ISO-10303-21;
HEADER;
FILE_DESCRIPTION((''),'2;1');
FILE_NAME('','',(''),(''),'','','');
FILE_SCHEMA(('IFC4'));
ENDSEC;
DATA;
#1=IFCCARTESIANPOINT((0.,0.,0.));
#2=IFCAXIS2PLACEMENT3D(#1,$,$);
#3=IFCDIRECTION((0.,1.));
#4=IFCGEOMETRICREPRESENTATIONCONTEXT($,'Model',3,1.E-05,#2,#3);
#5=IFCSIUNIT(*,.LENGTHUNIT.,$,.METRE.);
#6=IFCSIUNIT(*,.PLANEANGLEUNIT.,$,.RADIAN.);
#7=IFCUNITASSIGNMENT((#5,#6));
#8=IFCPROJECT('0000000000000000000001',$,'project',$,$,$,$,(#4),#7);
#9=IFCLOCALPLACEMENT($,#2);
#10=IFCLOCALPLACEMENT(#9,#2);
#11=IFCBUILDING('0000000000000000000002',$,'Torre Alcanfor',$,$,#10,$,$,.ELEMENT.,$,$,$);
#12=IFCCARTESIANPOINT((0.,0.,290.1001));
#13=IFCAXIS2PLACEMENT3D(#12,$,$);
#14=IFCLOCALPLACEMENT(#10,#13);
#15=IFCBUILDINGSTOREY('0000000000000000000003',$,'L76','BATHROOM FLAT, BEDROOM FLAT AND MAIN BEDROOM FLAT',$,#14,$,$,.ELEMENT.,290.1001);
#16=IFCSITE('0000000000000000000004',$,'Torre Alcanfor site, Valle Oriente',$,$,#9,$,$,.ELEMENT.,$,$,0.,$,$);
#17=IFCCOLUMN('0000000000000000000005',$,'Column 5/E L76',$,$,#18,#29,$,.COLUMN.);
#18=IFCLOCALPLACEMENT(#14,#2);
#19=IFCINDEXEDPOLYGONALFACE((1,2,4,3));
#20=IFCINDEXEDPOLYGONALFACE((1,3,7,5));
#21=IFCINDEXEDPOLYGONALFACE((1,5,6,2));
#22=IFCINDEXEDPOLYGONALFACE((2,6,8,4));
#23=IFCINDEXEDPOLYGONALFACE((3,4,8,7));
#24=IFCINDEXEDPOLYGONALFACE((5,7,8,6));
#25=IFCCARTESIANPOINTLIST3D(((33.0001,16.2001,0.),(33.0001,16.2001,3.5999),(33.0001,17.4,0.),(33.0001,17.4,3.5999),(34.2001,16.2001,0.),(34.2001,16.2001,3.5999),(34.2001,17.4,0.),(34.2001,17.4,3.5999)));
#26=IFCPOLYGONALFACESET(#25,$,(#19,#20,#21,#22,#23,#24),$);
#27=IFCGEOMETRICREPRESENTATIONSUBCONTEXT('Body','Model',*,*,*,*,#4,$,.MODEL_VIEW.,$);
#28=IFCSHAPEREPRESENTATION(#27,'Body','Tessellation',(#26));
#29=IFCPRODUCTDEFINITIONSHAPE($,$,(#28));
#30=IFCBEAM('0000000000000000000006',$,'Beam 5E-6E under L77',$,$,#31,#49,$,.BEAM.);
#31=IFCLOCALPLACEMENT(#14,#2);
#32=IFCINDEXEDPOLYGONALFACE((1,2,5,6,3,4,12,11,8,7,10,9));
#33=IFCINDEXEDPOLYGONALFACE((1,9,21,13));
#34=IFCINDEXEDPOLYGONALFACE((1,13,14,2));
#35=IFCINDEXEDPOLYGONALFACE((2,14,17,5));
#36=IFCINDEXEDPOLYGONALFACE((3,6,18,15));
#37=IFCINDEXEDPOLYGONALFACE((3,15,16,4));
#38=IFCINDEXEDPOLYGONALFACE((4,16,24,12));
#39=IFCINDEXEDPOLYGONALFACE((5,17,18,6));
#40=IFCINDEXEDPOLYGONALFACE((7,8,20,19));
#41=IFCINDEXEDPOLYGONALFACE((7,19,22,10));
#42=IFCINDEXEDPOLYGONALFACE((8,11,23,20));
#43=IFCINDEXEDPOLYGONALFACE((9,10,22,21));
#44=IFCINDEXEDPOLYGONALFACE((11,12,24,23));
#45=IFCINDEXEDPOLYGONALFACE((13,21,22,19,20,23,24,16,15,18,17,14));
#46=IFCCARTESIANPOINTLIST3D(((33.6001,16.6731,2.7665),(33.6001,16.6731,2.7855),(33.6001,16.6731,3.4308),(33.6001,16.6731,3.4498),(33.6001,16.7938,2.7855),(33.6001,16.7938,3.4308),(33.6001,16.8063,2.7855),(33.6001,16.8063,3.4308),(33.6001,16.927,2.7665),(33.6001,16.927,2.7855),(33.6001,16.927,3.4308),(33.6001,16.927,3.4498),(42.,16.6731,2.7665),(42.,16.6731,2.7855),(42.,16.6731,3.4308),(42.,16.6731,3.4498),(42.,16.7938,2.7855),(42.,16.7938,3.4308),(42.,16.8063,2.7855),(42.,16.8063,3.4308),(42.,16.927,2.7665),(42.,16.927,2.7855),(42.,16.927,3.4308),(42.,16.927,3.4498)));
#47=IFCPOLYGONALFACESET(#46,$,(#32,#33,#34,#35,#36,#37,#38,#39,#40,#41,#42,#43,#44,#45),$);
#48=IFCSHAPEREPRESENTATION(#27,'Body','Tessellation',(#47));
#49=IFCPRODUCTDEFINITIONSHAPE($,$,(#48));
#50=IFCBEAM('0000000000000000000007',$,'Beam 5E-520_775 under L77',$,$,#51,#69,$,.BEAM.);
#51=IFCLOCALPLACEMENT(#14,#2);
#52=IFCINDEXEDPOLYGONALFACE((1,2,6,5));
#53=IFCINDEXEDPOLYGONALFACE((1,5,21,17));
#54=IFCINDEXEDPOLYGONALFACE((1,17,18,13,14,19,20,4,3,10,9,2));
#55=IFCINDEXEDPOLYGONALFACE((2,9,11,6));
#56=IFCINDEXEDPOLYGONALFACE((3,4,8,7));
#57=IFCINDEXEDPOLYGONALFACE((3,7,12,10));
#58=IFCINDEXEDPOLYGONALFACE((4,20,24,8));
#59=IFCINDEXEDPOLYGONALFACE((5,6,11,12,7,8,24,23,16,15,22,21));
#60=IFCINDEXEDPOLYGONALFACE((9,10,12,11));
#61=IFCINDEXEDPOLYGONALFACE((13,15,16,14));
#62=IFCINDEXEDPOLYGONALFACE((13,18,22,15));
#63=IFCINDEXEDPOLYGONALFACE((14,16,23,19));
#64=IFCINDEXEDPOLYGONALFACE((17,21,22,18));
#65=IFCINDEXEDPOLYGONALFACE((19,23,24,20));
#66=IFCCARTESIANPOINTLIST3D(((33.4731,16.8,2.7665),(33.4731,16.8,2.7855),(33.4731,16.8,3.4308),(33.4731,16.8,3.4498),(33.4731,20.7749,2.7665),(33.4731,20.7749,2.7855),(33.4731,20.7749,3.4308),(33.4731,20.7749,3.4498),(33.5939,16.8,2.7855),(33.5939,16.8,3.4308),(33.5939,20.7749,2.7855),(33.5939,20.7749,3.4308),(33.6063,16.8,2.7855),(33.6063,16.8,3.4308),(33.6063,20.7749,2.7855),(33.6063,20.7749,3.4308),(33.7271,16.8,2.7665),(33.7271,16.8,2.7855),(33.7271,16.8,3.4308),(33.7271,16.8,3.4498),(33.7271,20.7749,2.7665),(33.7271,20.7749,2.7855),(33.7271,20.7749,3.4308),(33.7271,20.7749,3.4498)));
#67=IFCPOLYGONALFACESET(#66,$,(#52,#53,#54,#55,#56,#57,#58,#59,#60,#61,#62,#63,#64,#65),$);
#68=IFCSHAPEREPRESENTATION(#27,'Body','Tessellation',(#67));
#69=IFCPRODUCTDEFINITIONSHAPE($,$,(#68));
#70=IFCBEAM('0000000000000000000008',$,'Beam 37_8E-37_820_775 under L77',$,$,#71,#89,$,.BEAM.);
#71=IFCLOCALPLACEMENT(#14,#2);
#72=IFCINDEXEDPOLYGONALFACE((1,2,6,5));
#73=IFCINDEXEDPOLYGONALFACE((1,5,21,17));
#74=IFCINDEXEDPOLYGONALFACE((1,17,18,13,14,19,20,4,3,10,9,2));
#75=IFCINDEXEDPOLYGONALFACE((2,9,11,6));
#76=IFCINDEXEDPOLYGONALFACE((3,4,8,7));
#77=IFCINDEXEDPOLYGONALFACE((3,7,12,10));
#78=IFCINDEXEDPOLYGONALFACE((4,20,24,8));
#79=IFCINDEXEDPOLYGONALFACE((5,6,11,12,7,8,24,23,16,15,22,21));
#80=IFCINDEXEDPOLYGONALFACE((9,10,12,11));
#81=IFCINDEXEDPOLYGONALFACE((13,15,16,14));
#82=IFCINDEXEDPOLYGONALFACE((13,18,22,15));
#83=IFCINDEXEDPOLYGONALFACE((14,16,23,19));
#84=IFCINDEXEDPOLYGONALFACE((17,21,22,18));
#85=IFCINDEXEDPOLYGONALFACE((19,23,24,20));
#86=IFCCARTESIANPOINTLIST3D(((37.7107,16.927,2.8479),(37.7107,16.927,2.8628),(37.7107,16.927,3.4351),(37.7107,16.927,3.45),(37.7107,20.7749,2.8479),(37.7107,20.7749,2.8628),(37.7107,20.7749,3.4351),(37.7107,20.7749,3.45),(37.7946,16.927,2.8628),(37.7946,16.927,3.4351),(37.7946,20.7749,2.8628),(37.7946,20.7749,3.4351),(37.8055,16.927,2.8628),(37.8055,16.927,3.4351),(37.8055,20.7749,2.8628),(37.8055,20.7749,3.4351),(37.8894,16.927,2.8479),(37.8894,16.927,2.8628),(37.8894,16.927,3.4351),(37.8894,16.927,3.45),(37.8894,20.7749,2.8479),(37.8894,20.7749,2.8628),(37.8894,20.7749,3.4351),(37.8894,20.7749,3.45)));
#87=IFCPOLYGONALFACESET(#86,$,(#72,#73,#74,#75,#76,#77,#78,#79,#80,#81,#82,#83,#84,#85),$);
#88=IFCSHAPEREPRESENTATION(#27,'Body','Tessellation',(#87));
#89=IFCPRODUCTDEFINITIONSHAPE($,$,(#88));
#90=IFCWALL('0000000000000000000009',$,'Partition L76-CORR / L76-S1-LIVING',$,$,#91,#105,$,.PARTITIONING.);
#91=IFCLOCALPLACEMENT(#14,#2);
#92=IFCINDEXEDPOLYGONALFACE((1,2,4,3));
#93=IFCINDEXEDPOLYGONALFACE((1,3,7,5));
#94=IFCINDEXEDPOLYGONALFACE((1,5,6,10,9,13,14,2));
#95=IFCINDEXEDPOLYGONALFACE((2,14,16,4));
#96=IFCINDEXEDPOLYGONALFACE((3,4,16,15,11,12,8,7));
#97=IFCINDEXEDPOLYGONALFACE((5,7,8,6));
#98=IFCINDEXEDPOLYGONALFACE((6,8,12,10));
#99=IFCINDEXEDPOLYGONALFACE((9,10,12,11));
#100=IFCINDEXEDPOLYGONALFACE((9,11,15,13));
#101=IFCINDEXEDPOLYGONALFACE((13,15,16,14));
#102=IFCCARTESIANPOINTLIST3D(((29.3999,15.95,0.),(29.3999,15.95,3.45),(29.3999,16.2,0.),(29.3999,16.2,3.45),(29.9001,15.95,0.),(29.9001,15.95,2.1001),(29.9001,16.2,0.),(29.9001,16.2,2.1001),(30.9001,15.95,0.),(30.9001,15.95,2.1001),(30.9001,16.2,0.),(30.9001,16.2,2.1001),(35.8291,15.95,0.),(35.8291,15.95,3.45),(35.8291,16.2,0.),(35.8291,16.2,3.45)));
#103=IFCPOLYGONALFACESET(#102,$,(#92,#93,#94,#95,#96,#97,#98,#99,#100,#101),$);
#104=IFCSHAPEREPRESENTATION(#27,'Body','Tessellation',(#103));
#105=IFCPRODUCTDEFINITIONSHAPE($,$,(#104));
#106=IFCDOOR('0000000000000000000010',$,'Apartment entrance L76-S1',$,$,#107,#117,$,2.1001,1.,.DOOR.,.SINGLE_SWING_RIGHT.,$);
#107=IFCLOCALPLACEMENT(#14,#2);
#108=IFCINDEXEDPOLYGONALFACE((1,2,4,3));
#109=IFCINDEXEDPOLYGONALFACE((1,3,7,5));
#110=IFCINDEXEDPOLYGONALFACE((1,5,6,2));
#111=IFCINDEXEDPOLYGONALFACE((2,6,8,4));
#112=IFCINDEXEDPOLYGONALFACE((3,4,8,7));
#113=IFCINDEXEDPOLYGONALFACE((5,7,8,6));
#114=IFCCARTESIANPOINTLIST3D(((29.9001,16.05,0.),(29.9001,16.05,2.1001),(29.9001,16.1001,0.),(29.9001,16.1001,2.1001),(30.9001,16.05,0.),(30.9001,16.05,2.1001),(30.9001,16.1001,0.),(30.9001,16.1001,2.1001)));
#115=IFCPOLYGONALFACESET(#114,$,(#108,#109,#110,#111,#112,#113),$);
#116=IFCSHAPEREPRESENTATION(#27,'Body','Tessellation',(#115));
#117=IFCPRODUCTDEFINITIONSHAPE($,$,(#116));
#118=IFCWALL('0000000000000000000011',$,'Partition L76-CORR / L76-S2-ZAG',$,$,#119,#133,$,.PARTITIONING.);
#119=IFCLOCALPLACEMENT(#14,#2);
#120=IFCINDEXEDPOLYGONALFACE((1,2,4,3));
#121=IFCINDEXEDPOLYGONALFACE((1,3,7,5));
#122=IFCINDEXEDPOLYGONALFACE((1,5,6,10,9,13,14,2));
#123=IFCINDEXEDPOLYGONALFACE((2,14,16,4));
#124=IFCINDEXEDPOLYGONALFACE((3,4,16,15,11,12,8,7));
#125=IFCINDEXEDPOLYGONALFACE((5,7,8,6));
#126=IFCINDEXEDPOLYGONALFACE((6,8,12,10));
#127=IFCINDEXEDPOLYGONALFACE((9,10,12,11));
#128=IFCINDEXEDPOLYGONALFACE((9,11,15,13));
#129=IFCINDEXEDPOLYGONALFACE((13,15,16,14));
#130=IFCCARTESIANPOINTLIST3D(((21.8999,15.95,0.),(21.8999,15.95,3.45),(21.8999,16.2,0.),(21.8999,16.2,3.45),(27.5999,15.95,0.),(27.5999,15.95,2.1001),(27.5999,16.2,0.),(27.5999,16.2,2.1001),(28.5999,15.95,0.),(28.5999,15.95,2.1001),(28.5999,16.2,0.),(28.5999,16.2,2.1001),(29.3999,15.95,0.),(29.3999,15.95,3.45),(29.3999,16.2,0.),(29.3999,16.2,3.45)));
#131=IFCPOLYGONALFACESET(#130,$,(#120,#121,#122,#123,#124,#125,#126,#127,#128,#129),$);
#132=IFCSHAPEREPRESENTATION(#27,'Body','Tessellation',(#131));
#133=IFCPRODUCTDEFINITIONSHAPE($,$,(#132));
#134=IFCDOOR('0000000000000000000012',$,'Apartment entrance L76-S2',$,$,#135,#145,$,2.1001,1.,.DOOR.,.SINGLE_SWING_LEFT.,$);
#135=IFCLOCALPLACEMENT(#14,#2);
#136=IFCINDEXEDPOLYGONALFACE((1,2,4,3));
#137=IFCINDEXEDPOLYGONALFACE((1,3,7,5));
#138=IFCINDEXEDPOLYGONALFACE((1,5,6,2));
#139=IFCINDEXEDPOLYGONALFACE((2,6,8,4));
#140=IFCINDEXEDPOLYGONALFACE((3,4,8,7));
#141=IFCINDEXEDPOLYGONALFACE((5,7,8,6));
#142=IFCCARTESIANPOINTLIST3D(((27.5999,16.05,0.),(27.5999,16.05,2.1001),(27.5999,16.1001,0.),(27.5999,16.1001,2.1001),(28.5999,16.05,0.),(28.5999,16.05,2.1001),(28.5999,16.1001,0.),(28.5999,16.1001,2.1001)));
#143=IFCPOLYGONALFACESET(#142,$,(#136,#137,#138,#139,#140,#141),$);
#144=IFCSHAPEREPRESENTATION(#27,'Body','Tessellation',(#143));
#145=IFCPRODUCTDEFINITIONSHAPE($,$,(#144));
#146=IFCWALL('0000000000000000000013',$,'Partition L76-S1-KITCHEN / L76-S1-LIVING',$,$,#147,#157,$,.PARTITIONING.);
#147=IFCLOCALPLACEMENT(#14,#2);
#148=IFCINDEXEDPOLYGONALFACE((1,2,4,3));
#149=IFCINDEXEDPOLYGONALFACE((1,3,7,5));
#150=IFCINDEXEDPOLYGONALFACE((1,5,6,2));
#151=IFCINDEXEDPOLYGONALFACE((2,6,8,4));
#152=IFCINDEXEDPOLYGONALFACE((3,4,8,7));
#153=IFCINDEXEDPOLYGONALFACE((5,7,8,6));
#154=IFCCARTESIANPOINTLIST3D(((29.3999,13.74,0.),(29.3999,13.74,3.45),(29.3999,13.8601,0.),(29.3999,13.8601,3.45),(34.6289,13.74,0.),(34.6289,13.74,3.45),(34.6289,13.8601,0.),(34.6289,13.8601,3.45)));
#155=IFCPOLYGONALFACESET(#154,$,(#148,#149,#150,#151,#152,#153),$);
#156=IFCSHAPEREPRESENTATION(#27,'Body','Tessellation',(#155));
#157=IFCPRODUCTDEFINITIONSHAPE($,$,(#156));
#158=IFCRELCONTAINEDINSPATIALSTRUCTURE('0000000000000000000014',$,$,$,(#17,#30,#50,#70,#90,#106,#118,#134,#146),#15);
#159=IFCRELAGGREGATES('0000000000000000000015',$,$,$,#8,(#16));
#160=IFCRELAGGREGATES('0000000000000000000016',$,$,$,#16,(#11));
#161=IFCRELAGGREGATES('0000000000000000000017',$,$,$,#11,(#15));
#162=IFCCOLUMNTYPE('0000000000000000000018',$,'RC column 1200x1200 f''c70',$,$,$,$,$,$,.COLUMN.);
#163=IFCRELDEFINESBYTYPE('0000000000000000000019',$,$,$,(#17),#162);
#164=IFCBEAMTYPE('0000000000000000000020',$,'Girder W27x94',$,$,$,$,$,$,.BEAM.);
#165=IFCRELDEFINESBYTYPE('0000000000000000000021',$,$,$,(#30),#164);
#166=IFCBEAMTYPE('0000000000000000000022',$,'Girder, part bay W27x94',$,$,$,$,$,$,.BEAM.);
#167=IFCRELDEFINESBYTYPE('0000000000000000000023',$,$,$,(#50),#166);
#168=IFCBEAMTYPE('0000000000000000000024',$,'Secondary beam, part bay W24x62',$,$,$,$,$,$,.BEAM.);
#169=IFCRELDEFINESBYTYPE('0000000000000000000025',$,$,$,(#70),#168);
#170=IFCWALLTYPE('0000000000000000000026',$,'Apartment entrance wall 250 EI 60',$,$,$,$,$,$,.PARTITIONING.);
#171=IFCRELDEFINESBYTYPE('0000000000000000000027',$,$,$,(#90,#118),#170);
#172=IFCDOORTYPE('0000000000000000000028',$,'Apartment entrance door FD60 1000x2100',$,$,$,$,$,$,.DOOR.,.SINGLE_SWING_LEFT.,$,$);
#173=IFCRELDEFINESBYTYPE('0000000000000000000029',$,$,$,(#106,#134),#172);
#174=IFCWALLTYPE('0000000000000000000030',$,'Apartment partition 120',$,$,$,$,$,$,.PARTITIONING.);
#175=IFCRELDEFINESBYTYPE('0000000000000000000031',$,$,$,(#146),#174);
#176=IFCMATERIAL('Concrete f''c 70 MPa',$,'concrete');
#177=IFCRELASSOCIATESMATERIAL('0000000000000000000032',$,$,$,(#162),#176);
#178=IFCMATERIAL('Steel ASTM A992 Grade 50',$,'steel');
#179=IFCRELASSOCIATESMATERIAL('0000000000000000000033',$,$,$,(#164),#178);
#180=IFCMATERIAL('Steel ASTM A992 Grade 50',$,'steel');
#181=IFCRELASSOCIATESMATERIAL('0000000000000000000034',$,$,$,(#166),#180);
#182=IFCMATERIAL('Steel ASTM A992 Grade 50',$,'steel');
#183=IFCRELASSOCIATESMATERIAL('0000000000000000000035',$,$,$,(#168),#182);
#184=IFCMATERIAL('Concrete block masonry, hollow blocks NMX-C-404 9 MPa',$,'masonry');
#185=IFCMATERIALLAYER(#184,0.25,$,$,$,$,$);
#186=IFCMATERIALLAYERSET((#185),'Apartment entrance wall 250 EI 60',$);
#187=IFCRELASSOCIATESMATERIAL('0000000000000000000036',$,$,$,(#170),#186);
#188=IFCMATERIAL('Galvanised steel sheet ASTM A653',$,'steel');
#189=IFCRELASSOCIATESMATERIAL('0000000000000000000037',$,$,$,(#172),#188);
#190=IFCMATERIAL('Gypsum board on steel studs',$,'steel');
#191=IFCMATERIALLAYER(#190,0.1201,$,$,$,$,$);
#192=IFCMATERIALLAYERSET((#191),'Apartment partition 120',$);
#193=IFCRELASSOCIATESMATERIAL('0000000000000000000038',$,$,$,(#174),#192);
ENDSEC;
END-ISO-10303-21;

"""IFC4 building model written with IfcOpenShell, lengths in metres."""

from ifc_helpers import new_model, si_unit, direction, frame, frame_2d, origin, origin_2d, place, context, subcontext, project, spatial, rectangle, i_section, extrude, material, layer, layer_set, material_profile, profile_set, type_object, element, fill, save


model = new_model("IFC4")

# Units and contexts
model_context = context("Model", 3, precision=1e-05, world=origin(), true_north=direction((0.0, 1.0)))
body_context = subcontext(model_context, "Body", "Model", "MODEL_VIEW")
ifc_project = project(units=[si_unit("LENGTHUNIT", "METRE"), si_unit("PLANEANGLEUNIT", "RADIAN")], contexts=[model_context])

# Site, building, storey
site_placement = place(None, origin())
site = spatial("IfcSite", under=ifc_project, at=site_placement, Name="Torre Alcanfor site, Valle Oriente", CompositionType="ELEMENT", RefElevation=0.0)
building_placement = place(site_placement, origin())
building = spatial("IfcBuilding", under=site, at=building_placement, Name="Torre Alcanfor", CompositionType="ELEMENT")
storey_placement = place(building_placement, frame((0.0, 0.0, 290.1001)))
storey = spatial("IfcBuildingStorey", under=building, at=storey_placement, Name="L76", Description="BATHROOM FLAT, BEDROOM FLAT AND MAIN BEDROOM FLAT", CompositionType="ELEMENT", Elevation=290.1001)

# Column
ifc_material_1 = material(Name="Concrete f'c 70 MPa", Category="concrete")
ifc_material_profile_1 = material_profile(ifc_material_1, rectangle(XDim=1.2, YDim=1.2, at=origin_2d()), Name="1200x1200")
ifc_profile_set_1 = profile_set([ifc_material_profile_1], Name="Concrete f'c 70 MPa")
column_type = type_object("IfcColumnType", Name="RC column 1200x1200 f'c70", PredefinedType="COLUMN", material=ifc_profile_set_1)
column_placement = place(storey_placement, frame((33.6001, 16.8, 0.0), z_axis=(0.0, 0.0, 1.0), x_axis=(1.0, 0.0, 0.0)))
element("IfcColumn", 1, at=column_placement, inside=storey, type_object=column_type, Name="Column 5/E L76", PredefinedType="COLUMN", context=body_context, shape_type="SweptSolid", body=[
    extrude(rectangle(XDim=1.2, YDim=1.2, at=origin_2d()), origin(), (0.0, 0.0, 1.0), 3.5999),
])

# Beams
ifc_material_2 = material(Name="Steel ASTM A992 Grade 50", Category="steel")
ifc_material_profile_2 = material_profile(ifc_material_2, i_section(OverallWidth=0.2539, OverallDepth=0.6833, WebThickness=0.0125, FlangeThickness=0.019, at=origin_2d()), Name="W27x94")
ifc_profile_set_2 = profile_set([ifc_material_profile_2], Name="Steel ASTM A992 Grade 50")
beam_type_1 = type_object("IfcBeamType", Name="Girder W27x94", PredefinedType="BEAM", material=ifc_profile_set_2)
beam_1_placement = place(storey_placement, frame((33.6001, 16.8, 3.1082), z_axis=(1.0, 0.0, 0.0), x_axis=(0.0, 1.0, 0.0)))
element("IfcBeam", 2, at=beam_1_placement, inside=storey, type_object=beam_type_1, Name="Beam 5E-6E under L77", PredefinedType="BEAM", context=body_context, shape_type="SweptSolid", body=[
    extrude(i_section(OverallWidth=0.2539, OverallDepth=0.6833, WebThickness=0.0125, FlangeThickness=0.019, at=origin_2d()), origin(), (0.0, 0.0, 1.0), 8.3999),
])
ifc_material_3 = material(Name="Steel ASTM A992 Grade 50", Category="steel")
ifc_material_profile_3 = material_profile(ifc_material_3, i_section(OverallWidth=0.2539, OverallDepth=0.6833, WebThickness=0.0125, FlangeThickness=0.019, at=origin_2d()), Name="W27x94")
ifc_profile_set_3 = profile_set([ifc_material_profile_3], Name="Steel ASTM A992 Grade 50")
beam_type_2 = type_object("IfcBeamType", Name="Girder, part bay W27x94", PredefinedType="BEAM", material=ifc_profile_set_3)
beam_2_placement = place(storey_placement, frame((33.6001, 16.8, 3.1082), z_axis=(0.0, 1.0, 0.0), x_axis=(-1.0, 0.0, 0.0)))
element("IfcBeam", 3, at=beam_2_placement, inside=storey, type_object=beam_type_2, Name="Beam 5E-520_775 under L77", PredefinedType="BEAM", context=body_context, shape_type="SweptSolid", body=[
    extrude(i_section(OverallWidth=0.2539, OverallDepth=0.6833, WebThickness=0.0125, FlangeThickness=0.019, at=origin_2d()), origin(), (0.0, 0.0, 1.0), 3.9749),
])
ifc_material_4 = material(Name="Steel ASTM A992 Grade 50", Category="steel")
ifc_material_profile_4 = material_profile(ifc_material_4, i_section(OverallWidth=0.1787, OverallDepth=0.6021, WebThickness=0.011, FlangeThickness=0.0149, at=origin_2d()), Name="W24x62")
ifc_profile_set_4 = profile_set([ifc_material_profile_4], Name="Steel ASTM A992 Grade 50")
beam_type_3 = type_object("IfcBeamType", Name="Secondary beam, part bay W24x62", PredefinedType="BEAM", material=ifc_profile_set_4)
beam_3_placement = place(storey_placement, frame((37.8, 16.927, 3.1489), z_axis=(0.0, 1.0, 0.0), x_axis=(-1.0, 0.0, 0.0)))
element("IfcBeam", 4, at=beam_3_placement, inside=storey, type_object=beam_type_3, Name="Beam 37_8E-37_820_775 under L77", PredefinedType="BEAM", context=body_context, shape_type="SweptSolid", body=[
    extrude(i_section(OverallWidth=0.1787, OverallDepth=0.6021, WebThickness=0.011, FlangeThickness=0.0149, at=origin_2d()), origin(), (0.0, 0.0, 1.0), 3.8479),
])

# Walls, openings, doors
ifc_material_5 = material(Name="Concrete block masonry, hollow blocks NMX-C-404 9 MPa", Category="masonry")
ifc_layer_1 = layer(ifc_material_5, 0.25)
ifc_layer_set_1 = layer_set([ifc_layer_1], Name="Apartment entrance wall 250 EI 60")
wall_type_1 = type_object("IfcWallType", Name="Apartment entrance wall 250 EI 60", PredefinedType="PARTITIONING", material=ifc_layer_set_1)
wall_1_placement = place(storey_placement, frame((35.8291, 16.075, 0.0), z_axis=(0.0, 0.0, 1.0), x_axis=(-1.0, 0.0, 0.0)))
wall_1 = element("IfcWall", 5, at=wall_1_placement, inside=storey, type_object=wall_type_1, Name="Partition L76-CORR / L76-S1-LIVING", PredefinedType="PARTITIONING", context=body_context, shape_type="SweptSolid", body=[
    extrude(rectangle(XDim=6.4292, YDim=0.25, at=frame_2d((3.2146, 0.0))), origin(), (0.0, 0.0, 1.0), 3.45),
])
opening_1_placement = place(wall_1_placement, frame((4.929, 0.0, 0.0)))
opening_1 = element("IfcOpeningElement", 6, at=opening_1_placement, cuts=wall_1, PredefinedType="OPENING", context=body_context, shape_type="SweptSolid", body=[
    extrude(rectangle(XDim=1.0, YDim=2.1001, at=frame_2d((0.5, 1.05))), frame((0.0, 0.135, 0.0), z_axis=(0.0, -1.0, 0.0), x_axis=(1.0, 0.0, 0.0)), (0.0, 0.0, 1.0), 0.27),
])
ifc_material_6 = material(Name="Galvanised steel sheet ASTM A653", Category="steel")
door_type_1 = type_object("IfcDoorType", Name="Apartment entrance door FD60 1000x2100", OperationType="SINGLE_SWING_LEFT", PredefinedType="DOOR", material=ifc_material_6)
door_1_placement = place(opening_1_placement, origin())
door_1 = element("IfcDoor", 7, at=door_1_placement, inside=storey, type_object=door_type_1, Name="Apartment entrance L76-S1", OperationType="SINGLE_SWING_RIGHT", OverallHeight=2.1001, OverallWidth=1.0, PredefinedType="DOOR", context=body_context, shape_type="SweptSolid", body=[
    extrude(rectangle(XDim=1.0, YDim=2.1001, at=frame_2d((0.5, 1.05))), frame((0.0, 0.0249, 0.0), z_axis=(0.0, -1.0, 0.0), x_axis=(1.0, 0.0, 0.0)), (0.0, 0.0, 1.0), 0.05),
])
fill(opening_1, door_1)
wall_2_placement = place(storey_placement, frame((29.3999, 16.075, 0.0), z_axis=(0.0, 0.0, 1.0), x_axis=(-1.0, 0.0, 0.0)))
wall_2 = element("IfcWall", 8, at=wall_2_placement, inside=storey, type_object=wall_type_1, Name="Partition L76-CORR / L76-S2-ZAG", PredefinedType="PARTITIONING", context=body_context, shape_type="SweptSolid", body=[
    extrude(rectangle(XDim=7.5, YDim=0.25, at=frame_2d((3.75, 0.0))), origin(), (0.0, 0.0, 1.0), 3.45),
])
opening_2_placement = place(wall_2_placement, frame((0.8, 0.0, 0.0)))
opening_2 = element("IfcOpeningElement", 9, at=opening_2_placement, cuts=wall_2, PredefinedType="OPENING", context=body_context, shape_type="SweptSolid", body=[
    extrude(rectangle(XDim=1.0, YDim=2.1001, at=frame_2d((0.5, 1.05))), frame((0.0, 0.135, 0.0), z_axis=(0.0, -1.0, 0.0), x_axis=(1.0, 0.0, 0.0)), (0.0, 0.0, 1.0), 0.27),
])
door_2_placement = place(opening_2_placement, origin())
door_2 = element("IfcDoor", 10, at=door_2_placement, inside=storey, type_object=door_type_1, Name="Apartment entrance L76-S2", OperationType="SINGLE_SWING_LEFT", OverallHeight=2.1001, OverallWidth=1.0, PredefinedType="DOOR", context=body_context, shape_type="SweptSolid", body=[
    extrude(rectangle(XDim=1.0, YDim=2.1001, at=frame_2d((0.5, 1.05))), frame((0.0, 0.0249, 0.0), z_axis=(0.0, -1.0, 0.0), x_axis=(1.0, 0.0, 0.0)), (0.0, 0.0, 1.0), 0.05),
])
fill(opening_2, door_2)

# Wall
ifc_material_7 = material(Name="Gypsum board on steel studs", Category="steel")
ifc_layer_2 = layer(ifc_material_7, 0.1201)
ifc_layer_set_2 = layer_set([ifc_layer_2], Name="Apartment partition 120")
wall_type_2 = type_object("IfcWallType", Name="Apartment partition 120", PredefinedType="PARTITIONING", material=ifc_layer_set_2)
wall_3_placement = place(storey_placement, frame((34.6289, 13.8, 0.0), z_axis=(0.0, 0.0, 1.0), x_axis=(-1.0, 0.0, 0.0)))
element("IfcWall", 11, at=wall_3_placement, inside=storey, type_object=wall_type_2, Name="Partition L76-S1-KITCHEN / L76-S1-LIVING", PredefinedType="PARTITIONING", context=body_context, shape_type="SweptSolid", body=[
    extrude(rectangle(XDim=5.229, YDim=0.1201, at=frame_2d((2.6145, 0.0))), origin(), (0.0, 0.0, 1.0), 3.45),
])

save(model, "model.ifc")
